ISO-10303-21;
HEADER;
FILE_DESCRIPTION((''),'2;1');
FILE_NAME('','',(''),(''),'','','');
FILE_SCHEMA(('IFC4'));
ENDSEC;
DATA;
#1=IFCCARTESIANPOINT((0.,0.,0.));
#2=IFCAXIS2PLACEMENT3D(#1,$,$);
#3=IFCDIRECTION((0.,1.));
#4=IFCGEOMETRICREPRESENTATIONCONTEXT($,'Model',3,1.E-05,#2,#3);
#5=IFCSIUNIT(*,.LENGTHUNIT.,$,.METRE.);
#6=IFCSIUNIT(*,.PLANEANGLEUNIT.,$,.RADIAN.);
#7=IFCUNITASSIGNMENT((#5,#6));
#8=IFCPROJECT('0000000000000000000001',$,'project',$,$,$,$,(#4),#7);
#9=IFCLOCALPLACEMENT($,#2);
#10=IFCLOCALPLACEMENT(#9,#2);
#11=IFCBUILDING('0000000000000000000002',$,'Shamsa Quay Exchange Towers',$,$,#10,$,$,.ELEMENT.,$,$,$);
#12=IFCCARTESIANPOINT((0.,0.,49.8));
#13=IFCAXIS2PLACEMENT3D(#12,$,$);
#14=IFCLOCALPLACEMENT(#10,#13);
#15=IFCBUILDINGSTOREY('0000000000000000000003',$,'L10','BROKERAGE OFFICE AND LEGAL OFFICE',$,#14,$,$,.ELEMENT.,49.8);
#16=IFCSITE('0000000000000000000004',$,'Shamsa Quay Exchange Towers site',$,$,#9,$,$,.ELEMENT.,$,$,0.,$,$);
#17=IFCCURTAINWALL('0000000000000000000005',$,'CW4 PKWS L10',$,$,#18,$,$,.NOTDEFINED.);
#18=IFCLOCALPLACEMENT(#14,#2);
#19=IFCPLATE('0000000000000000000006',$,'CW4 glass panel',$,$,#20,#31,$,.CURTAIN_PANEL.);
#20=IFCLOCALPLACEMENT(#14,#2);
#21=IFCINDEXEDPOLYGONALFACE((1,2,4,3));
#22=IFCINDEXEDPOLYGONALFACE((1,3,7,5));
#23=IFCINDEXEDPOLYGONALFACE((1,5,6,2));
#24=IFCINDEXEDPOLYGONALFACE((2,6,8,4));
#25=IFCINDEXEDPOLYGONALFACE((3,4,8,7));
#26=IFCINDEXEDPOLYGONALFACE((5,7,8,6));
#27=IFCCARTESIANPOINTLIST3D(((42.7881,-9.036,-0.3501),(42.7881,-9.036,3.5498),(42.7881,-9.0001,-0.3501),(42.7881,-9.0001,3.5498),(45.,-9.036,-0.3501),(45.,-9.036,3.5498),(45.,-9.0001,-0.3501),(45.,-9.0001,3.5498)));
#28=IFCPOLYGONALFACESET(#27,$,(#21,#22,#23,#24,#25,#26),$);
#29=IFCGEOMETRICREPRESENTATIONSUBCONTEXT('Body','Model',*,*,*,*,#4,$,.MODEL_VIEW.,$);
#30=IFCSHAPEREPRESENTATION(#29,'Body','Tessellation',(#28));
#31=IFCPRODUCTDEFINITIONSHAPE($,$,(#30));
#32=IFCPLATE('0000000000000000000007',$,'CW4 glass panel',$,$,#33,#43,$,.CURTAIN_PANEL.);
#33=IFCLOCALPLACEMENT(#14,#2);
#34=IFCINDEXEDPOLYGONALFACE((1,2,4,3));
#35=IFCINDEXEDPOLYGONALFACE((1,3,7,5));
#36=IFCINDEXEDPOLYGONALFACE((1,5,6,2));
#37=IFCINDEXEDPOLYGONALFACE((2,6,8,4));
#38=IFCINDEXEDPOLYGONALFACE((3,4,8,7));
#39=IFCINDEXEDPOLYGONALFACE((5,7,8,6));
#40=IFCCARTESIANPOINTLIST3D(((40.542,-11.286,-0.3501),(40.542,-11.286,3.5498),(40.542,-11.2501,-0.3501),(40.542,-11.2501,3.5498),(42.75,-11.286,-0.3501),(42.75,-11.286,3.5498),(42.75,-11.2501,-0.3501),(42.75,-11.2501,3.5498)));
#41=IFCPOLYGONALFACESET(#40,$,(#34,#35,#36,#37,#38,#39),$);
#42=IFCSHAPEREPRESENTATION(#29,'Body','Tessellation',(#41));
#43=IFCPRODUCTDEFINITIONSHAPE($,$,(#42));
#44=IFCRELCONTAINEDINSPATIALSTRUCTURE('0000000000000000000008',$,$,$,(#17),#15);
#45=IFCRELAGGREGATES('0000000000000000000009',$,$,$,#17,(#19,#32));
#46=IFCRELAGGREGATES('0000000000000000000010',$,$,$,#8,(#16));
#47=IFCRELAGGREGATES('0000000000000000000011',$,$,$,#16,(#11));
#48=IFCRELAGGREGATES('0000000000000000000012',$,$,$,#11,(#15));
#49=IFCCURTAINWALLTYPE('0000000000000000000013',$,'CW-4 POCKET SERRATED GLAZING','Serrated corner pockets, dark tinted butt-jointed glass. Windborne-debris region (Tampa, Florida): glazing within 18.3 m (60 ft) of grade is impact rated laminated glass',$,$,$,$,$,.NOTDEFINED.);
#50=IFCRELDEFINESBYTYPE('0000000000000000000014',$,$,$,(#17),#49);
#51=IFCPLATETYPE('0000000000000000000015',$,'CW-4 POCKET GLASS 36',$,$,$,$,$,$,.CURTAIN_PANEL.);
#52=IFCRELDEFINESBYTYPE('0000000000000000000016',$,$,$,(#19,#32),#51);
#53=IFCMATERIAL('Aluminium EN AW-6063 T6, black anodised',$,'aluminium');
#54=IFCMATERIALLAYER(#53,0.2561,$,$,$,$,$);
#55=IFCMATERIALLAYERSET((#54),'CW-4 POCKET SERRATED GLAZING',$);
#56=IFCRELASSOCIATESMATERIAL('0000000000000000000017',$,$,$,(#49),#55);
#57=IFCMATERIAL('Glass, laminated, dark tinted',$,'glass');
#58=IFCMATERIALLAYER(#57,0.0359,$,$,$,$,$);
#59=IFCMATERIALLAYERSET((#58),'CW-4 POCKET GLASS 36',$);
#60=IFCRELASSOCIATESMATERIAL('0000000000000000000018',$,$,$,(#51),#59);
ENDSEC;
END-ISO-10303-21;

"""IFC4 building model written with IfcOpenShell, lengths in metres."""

from ifc_helpers import new_model, si_unit, direction, frame, origin, origin_2d, place, context, subcontext, project, spatial, rectangle, extrude, material, layer, layer_set, type_object, element, aggregate, save


model = new_model("IFC4")

# Units and contexts
model_context = context("Model", 3, precision=1e-05, world=origin(), true_north=direction((0.0, 1.0)))
body_context = subcontext(model_context, "Body", "Model", "MODEL_VIEW")
ifc_project = project(units=[si_unit("LENGTHUNIT", "METRE"), si_unit("PLANEANGLEUNIT", "RADIAN")], contexts=[model_context])

# Site, building, storey
site_placement = place(None, origin())
site = spatial("IfcSite", under=ifc_project, at=site_placement, Name="Shamsa Quay Exchange Towers site", CompositionType="ELEMENT", RefElevation=0.0)
building_placement = place(site_placement, origin())
building = spatial("IfcBuilding", under=site, at=building_placement, Name="Shamsa Quay Exchange Towers", CompositionType="ELEMENT")
storey_placement = place(building_placement, frame((0.0, 0.0, 49.8)))
storey = spatial("IfcBuildingStorey", under=building, at=storey_placement, Name="L10", Description="BROKERAGE OFFICE AND LEGAL OFFICE", CompositionType="ELEMENT", Elevation=49.8)

# Shared definitions
ifc_material_1 = material(Name="Aluminium EN AW-6063 T6, black anodised", Category="aluminium")

# Shared definitions
ifc_material_2 = material(Name="Glass, laminated, dark tinted", Category="glass")

# Curtain wall, plates
ifc_layer_1 = layer(ifc_material_1, 0.2561)
ifc_layer_set_1 = layer_set([ifc_layer_1], Name="CW-4 POCKET SERRATED GLAZING")
curtain_wall_type_1 = type_object("IfcCurtainWallType", Name="CW-4 POCKET SERRATED GLAZING", Description="Serrated corner pockets, dark tinted butt-jointed glass. Windborne-debris region (Tampa, Florida): glazing within 18.3 m (60 ft) of grade is impact rated laminated glass", PredefinedType="NOTDEFINED", material=ifc_layer_set_1)
curtain_wall_1_placement = place(storey_placement, origin())
curtain_wall_1 = element("IfcCurtainWall", 1, at=curtain_wall_1_placement, inside=storey, type_object=curtain_wall_type_1, Name="CW4 PKWS L10", PredefinedType="NOTDEFINED")
ifc_layer_2 = layer(ifc_material_2, 0.0359)
ifc_layer_set_2 = layer_set([ifc_layer_2], Name="CW-4 POCKET GLASS 36")
plate_type_1 = type_object("IfcPlateType", Name="CW-4 POCKET GLASS 36", PredefinedType="CURTAIN_PANEL", material=ifc_layer_set_2)
plate_1_placement = place(storey_placement, frame((43.894, -9.0181, -0.3501)))
plate_1 = element("IfcPlate", 2, at=plate_1_placement, type_object=plate_type_1, Name="CW4 glass panel", PredefinedType="CURTAIN_PANEL", context=body_context, shape_type="SweptSolid", body=[
    extrude(rectangle(XDim=2.2119, YDim=0.0359, at=origin_2d()), origin(), (0.0, 0.0, 1.0), 3.8999),
])
plate_2_placement = place(storey_placement, frame((41.646, -11.2681, -0.3501)))
plate_2 = element("IfcPlate", 3, at=plate_2_placement, type_object=plate_type_1, Name="CW4 glass panel", PredefinedType="CURTAIN_PANEL", context=body_context, shape_type="SweptSolid", body=[
    extrude(rectangle(XDim=2.208, YDim=0.0359, at=origin_2d()), origin(), (0.0, 0.0, 1.0), 3.8999),
])
aggregate(curtain_wall_1, [plate_1, plate_2])

save(model, "model.ifc")
